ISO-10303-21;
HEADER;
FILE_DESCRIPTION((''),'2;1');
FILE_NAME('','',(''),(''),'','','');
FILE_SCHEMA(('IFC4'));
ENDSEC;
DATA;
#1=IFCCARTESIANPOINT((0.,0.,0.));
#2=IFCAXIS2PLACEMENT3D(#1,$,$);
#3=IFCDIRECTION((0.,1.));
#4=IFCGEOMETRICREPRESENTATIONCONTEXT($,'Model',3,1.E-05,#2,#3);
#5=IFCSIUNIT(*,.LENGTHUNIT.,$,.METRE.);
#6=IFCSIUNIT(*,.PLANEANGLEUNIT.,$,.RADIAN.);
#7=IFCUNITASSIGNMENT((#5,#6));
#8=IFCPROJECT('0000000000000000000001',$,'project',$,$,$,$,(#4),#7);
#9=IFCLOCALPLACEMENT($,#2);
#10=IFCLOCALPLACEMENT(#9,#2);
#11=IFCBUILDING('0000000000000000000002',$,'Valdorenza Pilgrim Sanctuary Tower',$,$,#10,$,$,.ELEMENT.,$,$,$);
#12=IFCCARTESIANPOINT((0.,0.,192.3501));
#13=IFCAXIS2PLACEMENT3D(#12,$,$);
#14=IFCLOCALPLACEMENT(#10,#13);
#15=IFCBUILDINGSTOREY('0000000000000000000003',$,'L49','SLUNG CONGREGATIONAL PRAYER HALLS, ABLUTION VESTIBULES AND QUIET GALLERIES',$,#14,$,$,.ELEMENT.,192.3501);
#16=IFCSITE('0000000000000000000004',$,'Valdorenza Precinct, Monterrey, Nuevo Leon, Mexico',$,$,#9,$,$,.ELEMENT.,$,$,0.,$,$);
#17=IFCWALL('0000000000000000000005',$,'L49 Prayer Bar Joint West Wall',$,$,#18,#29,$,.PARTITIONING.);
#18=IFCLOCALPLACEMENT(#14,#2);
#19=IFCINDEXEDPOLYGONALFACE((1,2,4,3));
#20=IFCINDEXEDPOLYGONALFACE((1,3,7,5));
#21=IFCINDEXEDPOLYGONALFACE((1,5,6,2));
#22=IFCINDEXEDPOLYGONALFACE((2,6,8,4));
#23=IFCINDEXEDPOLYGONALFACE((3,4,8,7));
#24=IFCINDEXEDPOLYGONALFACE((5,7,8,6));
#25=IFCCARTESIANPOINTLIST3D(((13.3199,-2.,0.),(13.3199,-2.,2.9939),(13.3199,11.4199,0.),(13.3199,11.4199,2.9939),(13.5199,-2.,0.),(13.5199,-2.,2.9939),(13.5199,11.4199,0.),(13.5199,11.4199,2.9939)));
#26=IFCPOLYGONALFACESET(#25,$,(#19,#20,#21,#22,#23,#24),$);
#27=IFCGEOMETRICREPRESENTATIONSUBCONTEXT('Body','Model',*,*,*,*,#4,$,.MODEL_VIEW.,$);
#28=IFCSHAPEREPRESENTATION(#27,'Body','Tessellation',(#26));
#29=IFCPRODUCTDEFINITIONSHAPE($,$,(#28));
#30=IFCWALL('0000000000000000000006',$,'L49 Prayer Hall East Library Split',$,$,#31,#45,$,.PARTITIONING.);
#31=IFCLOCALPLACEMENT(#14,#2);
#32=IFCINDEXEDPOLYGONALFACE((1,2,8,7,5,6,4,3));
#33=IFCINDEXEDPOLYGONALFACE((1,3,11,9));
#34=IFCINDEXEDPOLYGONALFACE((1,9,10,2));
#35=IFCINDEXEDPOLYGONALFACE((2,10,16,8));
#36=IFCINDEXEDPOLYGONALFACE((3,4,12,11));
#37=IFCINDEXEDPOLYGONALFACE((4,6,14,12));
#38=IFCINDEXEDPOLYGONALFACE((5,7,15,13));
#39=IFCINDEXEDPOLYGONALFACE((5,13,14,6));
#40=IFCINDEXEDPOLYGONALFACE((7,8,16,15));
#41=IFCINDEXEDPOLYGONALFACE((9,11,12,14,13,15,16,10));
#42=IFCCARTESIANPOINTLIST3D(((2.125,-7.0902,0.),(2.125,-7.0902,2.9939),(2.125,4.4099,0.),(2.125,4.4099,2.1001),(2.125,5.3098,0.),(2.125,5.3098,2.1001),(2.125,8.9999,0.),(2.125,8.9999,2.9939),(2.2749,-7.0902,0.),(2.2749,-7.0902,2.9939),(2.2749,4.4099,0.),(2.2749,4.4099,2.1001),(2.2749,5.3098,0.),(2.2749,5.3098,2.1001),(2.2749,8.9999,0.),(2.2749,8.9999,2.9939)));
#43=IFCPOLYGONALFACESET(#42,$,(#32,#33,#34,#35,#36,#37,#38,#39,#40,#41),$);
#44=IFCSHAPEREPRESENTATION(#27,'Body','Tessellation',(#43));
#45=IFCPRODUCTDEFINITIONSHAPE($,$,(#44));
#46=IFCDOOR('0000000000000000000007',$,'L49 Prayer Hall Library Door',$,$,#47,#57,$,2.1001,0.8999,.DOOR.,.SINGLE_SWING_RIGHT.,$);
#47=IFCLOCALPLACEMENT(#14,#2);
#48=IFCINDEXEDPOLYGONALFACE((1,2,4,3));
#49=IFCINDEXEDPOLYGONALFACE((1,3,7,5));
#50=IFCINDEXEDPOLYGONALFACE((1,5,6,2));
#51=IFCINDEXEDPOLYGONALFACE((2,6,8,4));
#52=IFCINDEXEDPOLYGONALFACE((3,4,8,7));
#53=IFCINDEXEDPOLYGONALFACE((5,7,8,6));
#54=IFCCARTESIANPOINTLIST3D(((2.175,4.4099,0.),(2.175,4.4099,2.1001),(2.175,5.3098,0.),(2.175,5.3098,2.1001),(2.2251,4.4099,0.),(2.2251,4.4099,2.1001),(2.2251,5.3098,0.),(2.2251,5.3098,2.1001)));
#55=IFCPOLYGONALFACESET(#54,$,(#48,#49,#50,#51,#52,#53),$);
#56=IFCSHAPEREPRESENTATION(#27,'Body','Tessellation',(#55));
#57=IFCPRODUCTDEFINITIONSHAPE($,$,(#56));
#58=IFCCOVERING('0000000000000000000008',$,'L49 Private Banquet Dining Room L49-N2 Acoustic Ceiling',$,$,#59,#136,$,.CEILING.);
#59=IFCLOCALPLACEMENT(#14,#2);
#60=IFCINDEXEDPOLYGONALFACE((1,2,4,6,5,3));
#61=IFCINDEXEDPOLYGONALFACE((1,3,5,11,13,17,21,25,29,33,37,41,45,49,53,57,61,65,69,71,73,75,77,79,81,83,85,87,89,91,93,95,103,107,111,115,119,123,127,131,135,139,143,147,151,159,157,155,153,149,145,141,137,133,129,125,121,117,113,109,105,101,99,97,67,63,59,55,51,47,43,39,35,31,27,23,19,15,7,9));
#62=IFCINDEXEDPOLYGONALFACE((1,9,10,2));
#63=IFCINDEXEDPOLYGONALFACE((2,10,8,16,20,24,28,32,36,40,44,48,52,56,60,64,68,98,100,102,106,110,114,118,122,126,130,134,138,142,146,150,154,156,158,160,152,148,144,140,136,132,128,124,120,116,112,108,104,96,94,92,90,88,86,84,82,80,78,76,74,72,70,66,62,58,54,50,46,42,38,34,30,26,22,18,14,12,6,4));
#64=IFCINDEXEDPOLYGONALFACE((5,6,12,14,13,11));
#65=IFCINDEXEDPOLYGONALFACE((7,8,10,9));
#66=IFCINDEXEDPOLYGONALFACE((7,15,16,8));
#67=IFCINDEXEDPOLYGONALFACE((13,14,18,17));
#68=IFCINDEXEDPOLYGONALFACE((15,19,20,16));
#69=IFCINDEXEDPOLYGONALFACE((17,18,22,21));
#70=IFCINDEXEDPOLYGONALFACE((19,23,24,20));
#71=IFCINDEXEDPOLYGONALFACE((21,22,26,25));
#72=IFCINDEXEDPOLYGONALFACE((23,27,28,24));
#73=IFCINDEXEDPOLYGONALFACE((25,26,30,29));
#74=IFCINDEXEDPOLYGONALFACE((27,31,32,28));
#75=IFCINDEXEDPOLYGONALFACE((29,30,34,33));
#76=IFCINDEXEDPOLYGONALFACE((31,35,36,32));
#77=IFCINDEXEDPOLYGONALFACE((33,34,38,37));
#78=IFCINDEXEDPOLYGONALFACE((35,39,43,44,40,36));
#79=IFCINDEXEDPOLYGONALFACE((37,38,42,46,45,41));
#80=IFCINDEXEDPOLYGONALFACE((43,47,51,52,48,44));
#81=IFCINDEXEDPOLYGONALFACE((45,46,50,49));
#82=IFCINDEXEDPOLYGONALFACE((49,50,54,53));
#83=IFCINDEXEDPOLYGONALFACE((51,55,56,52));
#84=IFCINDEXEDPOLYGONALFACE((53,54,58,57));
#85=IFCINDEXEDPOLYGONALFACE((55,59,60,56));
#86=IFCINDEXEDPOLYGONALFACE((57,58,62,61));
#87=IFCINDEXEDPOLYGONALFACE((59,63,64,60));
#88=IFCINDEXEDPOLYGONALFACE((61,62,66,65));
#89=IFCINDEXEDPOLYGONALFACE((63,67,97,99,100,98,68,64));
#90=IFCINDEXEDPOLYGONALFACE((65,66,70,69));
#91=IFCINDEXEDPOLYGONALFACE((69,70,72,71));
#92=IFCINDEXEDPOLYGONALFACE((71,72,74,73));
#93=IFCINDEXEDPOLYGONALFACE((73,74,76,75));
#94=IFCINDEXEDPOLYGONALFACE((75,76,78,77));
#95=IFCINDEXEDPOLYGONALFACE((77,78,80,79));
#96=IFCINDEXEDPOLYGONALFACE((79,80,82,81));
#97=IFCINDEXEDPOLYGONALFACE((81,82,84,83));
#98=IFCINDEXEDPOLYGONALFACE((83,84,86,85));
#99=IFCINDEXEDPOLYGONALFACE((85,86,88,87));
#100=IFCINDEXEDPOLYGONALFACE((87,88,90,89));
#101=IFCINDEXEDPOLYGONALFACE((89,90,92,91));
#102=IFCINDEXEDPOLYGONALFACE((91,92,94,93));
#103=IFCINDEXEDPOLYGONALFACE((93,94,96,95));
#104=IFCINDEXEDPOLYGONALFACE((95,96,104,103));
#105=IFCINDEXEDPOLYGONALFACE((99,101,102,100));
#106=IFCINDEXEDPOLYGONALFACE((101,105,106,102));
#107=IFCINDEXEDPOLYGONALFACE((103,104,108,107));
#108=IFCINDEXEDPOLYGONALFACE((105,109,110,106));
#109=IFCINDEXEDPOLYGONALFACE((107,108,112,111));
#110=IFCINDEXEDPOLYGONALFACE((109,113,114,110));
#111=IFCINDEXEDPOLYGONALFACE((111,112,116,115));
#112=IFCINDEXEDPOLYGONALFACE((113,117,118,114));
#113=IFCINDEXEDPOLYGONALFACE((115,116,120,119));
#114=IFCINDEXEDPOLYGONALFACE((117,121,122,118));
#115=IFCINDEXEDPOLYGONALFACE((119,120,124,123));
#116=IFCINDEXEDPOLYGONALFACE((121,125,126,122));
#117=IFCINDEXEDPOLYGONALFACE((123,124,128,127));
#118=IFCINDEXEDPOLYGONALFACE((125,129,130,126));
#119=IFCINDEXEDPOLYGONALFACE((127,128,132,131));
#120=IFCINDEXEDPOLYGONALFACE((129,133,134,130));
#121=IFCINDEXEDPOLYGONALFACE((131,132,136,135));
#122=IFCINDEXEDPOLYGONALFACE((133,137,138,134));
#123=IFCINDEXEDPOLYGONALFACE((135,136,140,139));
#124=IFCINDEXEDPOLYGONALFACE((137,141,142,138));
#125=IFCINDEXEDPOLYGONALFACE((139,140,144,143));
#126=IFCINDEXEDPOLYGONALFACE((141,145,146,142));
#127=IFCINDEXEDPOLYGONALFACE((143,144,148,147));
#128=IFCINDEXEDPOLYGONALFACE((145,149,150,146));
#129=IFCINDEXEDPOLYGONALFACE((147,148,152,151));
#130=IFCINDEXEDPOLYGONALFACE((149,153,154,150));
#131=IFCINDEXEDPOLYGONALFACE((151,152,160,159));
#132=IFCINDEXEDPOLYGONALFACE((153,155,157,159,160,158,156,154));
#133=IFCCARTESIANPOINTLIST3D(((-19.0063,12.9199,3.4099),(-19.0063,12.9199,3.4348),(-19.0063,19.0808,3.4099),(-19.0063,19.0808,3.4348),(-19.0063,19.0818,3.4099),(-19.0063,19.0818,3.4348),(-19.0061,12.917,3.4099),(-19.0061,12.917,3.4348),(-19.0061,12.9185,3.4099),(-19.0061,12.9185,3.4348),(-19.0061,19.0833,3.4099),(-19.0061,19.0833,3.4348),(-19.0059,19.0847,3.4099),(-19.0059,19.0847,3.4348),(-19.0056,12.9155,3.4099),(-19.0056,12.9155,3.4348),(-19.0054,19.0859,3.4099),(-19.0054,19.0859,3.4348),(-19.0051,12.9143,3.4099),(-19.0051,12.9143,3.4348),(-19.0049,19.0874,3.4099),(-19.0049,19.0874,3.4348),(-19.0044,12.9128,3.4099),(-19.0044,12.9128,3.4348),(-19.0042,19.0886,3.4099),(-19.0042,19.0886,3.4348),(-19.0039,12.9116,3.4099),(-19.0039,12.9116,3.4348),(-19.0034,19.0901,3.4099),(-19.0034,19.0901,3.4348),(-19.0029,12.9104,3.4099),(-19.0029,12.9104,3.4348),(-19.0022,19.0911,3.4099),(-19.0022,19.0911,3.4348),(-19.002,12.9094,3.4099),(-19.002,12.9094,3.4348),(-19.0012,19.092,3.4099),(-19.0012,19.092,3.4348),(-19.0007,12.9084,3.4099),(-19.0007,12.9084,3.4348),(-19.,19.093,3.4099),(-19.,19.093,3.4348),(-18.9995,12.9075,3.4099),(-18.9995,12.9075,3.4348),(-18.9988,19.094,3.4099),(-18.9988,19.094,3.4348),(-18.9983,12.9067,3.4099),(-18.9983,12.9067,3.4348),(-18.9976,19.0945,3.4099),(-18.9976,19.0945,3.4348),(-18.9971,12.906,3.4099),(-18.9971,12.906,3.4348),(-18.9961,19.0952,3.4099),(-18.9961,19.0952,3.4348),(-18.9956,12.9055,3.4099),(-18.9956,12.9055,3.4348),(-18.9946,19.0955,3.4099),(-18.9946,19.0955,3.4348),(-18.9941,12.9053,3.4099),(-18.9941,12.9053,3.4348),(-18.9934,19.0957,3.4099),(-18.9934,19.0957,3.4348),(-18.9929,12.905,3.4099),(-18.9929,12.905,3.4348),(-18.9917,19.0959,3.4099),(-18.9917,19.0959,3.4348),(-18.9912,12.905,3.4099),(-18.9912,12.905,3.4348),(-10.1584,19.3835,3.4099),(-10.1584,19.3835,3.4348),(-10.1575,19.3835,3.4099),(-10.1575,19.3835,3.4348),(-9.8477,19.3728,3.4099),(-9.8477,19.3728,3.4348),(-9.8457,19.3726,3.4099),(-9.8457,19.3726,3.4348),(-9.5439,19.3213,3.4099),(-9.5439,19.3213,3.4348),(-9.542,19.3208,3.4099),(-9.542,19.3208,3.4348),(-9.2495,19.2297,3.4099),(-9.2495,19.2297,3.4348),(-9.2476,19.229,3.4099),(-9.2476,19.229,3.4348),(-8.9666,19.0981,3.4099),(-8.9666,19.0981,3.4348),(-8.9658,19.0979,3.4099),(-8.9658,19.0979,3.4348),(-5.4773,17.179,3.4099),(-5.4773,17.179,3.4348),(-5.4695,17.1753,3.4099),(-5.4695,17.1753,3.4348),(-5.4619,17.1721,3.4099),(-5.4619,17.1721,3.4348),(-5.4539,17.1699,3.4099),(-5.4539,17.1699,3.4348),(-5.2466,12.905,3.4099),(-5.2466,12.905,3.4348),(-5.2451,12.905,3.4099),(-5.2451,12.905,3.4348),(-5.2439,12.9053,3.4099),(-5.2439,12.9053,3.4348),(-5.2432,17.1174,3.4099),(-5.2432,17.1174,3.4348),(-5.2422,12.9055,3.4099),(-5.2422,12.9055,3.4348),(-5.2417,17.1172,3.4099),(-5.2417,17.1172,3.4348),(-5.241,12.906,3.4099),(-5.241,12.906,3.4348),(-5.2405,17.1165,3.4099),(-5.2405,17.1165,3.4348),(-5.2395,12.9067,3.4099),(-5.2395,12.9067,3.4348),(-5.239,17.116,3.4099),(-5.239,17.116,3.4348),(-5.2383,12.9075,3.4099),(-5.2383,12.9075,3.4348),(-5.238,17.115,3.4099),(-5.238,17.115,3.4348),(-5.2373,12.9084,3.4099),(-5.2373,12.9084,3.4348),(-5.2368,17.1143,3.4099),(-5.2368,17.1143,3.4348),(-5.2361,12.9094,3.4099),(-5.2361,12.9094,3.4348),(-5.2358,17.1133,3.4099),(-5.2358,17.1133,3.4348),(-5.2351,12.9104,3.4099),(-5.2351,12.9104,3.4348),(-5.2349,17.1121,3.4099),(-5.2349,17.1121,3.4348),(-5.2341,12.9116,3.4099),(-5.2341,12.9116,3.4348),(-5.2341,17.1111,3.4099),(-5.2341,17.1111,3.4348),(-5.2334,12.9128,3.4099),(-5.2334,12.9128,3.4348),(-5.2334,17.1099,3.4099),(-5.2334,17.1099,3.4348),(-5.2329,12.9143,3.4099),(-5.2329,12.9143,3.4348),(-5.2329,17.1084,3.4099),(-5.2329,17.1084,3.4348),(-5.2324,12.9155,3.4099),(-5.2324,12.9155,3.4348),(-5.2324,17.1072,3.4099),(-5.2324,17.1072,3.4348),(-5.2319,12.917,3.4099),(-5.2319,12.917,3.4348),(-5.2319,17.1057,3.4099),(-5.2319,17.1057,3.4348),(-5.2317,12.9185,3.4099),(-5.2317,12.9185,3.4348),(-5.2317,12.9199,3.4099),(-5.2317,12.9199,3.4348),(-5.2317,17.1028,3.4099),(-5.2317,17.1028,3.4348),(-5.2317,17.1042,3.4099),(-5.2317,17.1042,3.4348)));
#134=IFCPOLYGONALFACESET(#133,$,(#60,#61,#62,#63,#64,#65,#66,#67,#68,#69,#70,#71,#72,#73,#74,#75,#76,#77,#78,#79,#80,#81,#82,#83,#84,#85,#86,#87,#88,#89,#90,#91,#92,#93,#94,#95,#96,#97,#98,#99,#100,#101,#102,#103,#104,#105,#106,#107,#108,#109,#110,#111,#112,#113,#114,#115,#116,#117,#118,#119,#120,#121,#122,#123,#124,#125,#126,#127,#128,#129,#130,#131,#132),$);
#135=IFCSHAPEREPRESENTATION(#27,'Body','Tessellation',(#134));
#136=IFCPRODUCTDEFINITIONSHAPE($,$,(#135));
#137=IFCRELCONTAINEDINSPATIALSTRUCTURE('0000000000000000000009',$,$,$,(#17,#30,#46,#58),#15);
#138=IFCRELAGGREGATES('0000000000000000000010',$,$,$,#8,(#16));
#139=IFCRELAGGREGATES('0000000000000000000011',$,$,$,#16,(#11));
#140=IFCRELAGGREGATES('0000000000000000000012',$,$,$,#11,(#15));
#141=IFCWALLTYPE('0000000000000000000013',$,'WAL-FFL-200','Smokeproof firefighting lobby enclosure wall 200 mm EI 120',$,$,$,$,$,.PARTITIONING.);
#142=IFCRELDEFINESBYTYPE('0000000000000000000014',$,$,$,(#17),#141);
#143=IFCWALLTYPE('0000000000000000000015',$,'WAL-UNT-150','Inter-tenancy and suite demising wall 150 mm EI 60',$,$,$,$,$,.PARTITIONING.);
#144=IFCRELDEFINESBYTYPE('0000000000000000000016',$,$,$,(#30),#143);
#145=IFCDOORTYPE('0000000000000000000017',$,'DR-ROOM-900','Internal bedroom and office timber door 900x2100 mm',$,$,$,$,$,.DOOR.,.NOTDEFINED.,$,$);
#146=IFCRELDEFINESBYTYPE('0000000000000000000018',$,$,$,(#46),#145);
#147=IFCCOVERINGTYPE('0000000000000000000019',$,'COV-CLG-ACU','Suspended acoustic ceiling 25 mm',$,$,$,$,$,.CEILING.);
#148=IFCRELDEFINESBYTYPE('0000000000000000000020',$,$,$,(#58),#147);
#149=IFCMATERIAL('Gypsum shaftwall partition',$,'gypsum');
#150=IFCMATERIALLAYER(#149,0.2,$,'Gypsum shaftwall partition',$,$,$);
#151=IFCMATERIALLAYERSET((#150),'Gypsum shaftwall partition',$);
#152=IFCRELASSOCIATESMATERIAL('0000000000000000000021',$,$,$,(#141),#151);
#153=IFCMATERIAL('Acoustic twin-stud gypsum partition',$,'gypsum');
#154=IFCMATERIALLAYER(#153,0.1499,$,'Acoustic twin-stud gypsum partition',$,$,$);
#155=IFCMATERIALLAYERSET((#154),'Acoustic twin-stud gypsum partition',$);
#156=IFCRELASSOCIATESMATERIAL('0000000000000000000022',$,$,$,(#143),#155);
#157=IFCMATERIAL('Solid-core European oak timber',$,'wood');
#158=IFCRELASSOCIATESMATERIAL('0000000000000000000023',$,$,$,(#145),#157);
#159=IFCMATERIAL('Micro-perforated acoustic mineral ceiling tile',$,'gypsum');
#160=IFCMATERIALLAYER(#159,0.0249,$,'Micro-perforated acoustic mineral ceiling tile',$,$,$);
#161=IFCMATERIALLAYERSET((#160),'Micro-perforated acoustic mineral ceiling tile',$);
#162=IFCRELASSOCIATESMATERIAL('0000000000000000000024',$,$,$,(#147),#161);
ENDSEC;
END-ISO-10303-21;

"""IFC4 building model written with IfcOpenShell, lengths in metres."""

from ifc_helpers import new_model, si_unit, direction, frame, frame_2d, origin, place, context, subcontext, project, spatial, polyline, rectangle, outline, extrude, material, layer, layer_set, type_object, element, fill, save


model = new_model("IFC4")

# Units and contexts
model_context = context("Model", 3, precision=1e-05, world=origin(), true_north=direction((0.0, 1.0)))
body_context = subcontext(model_context, "Body", "Model", "MODEL_VIEW")
ifc_project = project(units=[si_unit("LENGTHUNIT", "METRE"), si_unit("PLANEANGLEUNIT", "RADIAN")], contexts=[model_context])

# Site, building, storey
site_placement = place(None, origin())
site = spatial("IfcSite", under=ifc_project, at=site_placement, Name="Valdorenza Precinct, Monterrey, Nuevo Leon, Mexico", CompositionType="ELEMENT", RefElevation=0.0)
building_placement = place(site_placement, origin())
building = spatial("IfcBuilding", under=site, at=building_placement, Name="Valdorenza Pilgrim Sanctuary Tower", CompositionType="ELEMENT")
storey_placement = place(building_placement, frame((0.0, 0.0, 192.3501)))
storey = spatial("IfcBuildingStorey", under=building, at=storey_placement, Name="L49", Description="SLUNG CONGREGATIONAL PRAYER HALLS, ABLUTION VESTIBULES AND QUIET GALLERIES", CompositionType="ELEMENT", Elevation=192.3501)

# Wall
ifc_material_1 = material(Name="Gypsum shaftwall partition", Category="gypsum")
ifc_layer_1 = layer(ifc_material_1, 0.2, Name="Gypsum shaftwall partition")
ifc_layer_set_1 = layer_set([ifc_layer_1], Name="Gypsum shaftwall partition")
wall_type_1 = type_object("IfcWallType", Name="WAL-FFL-200", Description="Smokeproof firefighting lobby enclosure wall 200 mm EI 120", PredefinedType="PARTITIONING", material=ifc_layer_set_1)
wall_1_placement = place(storey_placement, frame((13.4199, -2.0, 0.0), z_axis=(0.0, 0.0, 1.0), x_axis=(0.0, 1.0, 0.0)))
element("IfcWall", 1, at=wall_1_placement, inside=storey, type_object=wall_type_1, Name="L49 Prayer Bar Joint West Wall", PredefinedType="PARTITIONING", context=body_context, shape_type="SweptSolid", body=[
    extrude(rectangle(XDim=13.4199, YDim=0.2, at=frame_2d((6.71, 0.0))), origin(), (0.0, 0.0, 1.0), 2.9939),
])

# Wall, opening, door
ifc_material_2 = material(Name="Acoustic twin-stud gypsum partition", Category="gypsum")
ifc_layer_2 = layer(ifc_material_2, 0.1499, Name="Acoustic twin-stud gypsum partition")
ifc_layer_set_2 = layer_set([ifc_layer_2], Name="Acoustic twin-stud gypsum partition")
wall_type_2 = type_object("IfcWallType", Name="WAL-UNT-150", Description="Inter-tenancy and suite demising wall 150 mm EI 60", PredefinedType="PARTITIONING", material=ifc_layer_set_2)
wall_2_placement = place(storey_placement, frame((2.2, -7.0901, 0.0), z_axis=(0.0, 0.0, 1.0), x_axis=(0.0, 1.0, 0.0)))
wall_2 = element("IfcWall", 2, at=wall_2_placement, inside=storey, type_object=wall_type_2, Name="L49 Prayer Hall East Library Split", PredefinedType="PARTITIONING", context=body_context, shape_type="SweptSolid", body=[
    extrude(rectangle(XDim=16.0901, YDim=0.1499, at=frame_2d((8.0449, 0.0))), origin(), (0.0, 0.0, 1.0), 2.9939),
])
opening_placement = place(wall_2_placement, frame((11.5, 0.0, 0.0)))
opening = element("IfcOpeningElement", 3, at=opening_placement, cuts=wall_2, PredefinedType="OPENING", context=body_context, shape_type="SweptSolid", body=[
    extrude(rectangle(XDim=0.8999, YDim=2.1001, at=frame_2d((0.45, 1.05))), frame((0.0, 0.0898, 0.0), z_axis=(0.0, -1.0, 0.0), x_axis=(1.0, 0.0, 0.0)), (0.0, 0.0, 1.0), 0.1797),
])
ifc_material_3 = material(Name="Solid-core European oak timber", Category="wood")
door_type = type_object("IfcDoorType", Name="DR-ROOM-900", Description="Internal bedroom and office timber door 900x2100 mm", OperationType="NOTDEFINED", PredefinedType="DOOR", material=ifc_material_3)
door_placement = place(opening_placement, origin())
door = element("IfcDoor", 4, at=door_placement, inside=storey, type_object=door_type, Name="L49 Prayer Hall Library Door", OperationType="SINGLE_SWING_RIGHT", OverallHeight=2.1001, OverallWidth=0.8999, PredefinedType="DOOR", context=body_context, shape_type="SweptSolid", body=[
    extrude(rectangle(XDim=0.8999, YDim=2.1001, at=frame_2d((0.45, 1.05))), frame((0.0, 0.0249, 0.0), z_axis=(0.0, -1.0, 0.0), x_axis=(1.0, 0.0, 0.0)), (0.0, 0.0, 1.0), 0.05),
])
fill(opening, door)

# Covering
ifc_material_4 = material(Name="Micro-perforated acoustic mineral ceiling tile", Category="gypsum")
ifc_layer_3 = layer(ifc_material_4, 0.0249, Name="Micro-perforated acoustic mineral ceiling tile")
ifc_layer_set_3 = layer_set([ifc_layer_3], Name="Micro-perforated acoustic mineral ceiling tile")
covering_type_1 = type_object("IfcCoveringType", Name="COV-CLG-ACU", Description="Suspended acoustic ceiling 25 mm", PredefinedType="CEILING", material=ifc_layer_set_3)
covering_1_placement = place(storey_placement, frame((0.0, 0.0, 3.4099)))
element("IfcCovering", 5, at=covering_1_placement, inside=storey, type_object=covering_type_1, Name="L49 Private Banquet Dining Room L49-N2 Acoustic Ceiling", PredefinedType="CEILING", context=body_context, shape_type="SweptSolid", body=[
    extrude(outline(polyline([(-19.0063, 19.0808), (-19.0063, 19.0818), (-19.0061, 19.0833), (-19.0059, 19.0847), (-19.0054, 19.0859), (-19.0049, 19.0874), (-19.0042, 19.0886), (-19.0034, 19.0901), (-19.0022, 19.0911), (-19.0012, 19.092), (-19.0, 19.093), (-18.9988, 19.094), (-18.9976, 19.0945), (-18.9961, 19.0952), (-18.9946, 19.0955), (-18.9934, 19.0957), (-18.9917, 19.0959), (-10.1584, 19.3835), (-10.1575, 19.3835), (-9.8477, 19.3728), (-9.8457, 19.3726), (-9.5439, 19.3213), (-9.542, 19.3208), (-9.2495, 19.2297), (-9.2476, 19.229), (-8.9666, 19.0981), (-8.9658, 19.0979), (-5.4773, 17.179), (-5.4695, 17.1753), (-5.4619, 17.1721), (-5.4539, 17.1699), (-5.2432, 17.1174), (-5.2417, 17.1172), (-5.2405, 17.1165), (-5.239, 17.116), (-5.238, 17.115), (-5.2368, 17.1143), (-5.2358, 17.1133), (-5.2349, 17.1121), (-5.2341, 17.1111), (-5.2334, 17.1099), (-5.2329, 17.1084), (-5.2324, 17.1072), (-5.2319, 17.1057), (-5.2317, 17.1042), (-5.2317, 17.1028), (-5.2317, 12.9199), (-5.2317, 12.9185), (-5.2319, 12.917), (-5.2324, 12.9155), (-5.2329, 12.9143), (-5.2334, 12.9128), (-5.2341, 12.9116), (-5.2351, 12.9104), (-5.2361, 12.9094), (-5.2373, 12.9084), (-5.2383, 12.9075), (-5.2395, 12.9067), (-5.241, 12.906), (-5.2422, 12.9055), (-5.2439, 12.9053), (-5.2451, 12.905), (-5.2466, 12.905), (-18.9912, 12.905), (-18.9929, 12.905), (-18.9941, 12.9053), (-18.9956, 12.9055), (-18.9971, 12.906), (-18.9983, 12.9067), (-18.9995, 12.9075), (-19.0007, 12.9084), (-19.002, 12.9094), (-19.0029, 12.9104), (-19.0039, 12.9116), (-19.0044, 12.9128), (-19.0051, 12.9143), (-19.0056, 12.9155), (-19.0061, 12.917), (-19.0061, 12.9185), (-19.0063, 12.9199), (-19.0063, 19.0808), (-19.0063, 19.0808)])), origin(), (0.0, 0.0, 1.0), 0.0249),
])

save(model, "model.ifc")
